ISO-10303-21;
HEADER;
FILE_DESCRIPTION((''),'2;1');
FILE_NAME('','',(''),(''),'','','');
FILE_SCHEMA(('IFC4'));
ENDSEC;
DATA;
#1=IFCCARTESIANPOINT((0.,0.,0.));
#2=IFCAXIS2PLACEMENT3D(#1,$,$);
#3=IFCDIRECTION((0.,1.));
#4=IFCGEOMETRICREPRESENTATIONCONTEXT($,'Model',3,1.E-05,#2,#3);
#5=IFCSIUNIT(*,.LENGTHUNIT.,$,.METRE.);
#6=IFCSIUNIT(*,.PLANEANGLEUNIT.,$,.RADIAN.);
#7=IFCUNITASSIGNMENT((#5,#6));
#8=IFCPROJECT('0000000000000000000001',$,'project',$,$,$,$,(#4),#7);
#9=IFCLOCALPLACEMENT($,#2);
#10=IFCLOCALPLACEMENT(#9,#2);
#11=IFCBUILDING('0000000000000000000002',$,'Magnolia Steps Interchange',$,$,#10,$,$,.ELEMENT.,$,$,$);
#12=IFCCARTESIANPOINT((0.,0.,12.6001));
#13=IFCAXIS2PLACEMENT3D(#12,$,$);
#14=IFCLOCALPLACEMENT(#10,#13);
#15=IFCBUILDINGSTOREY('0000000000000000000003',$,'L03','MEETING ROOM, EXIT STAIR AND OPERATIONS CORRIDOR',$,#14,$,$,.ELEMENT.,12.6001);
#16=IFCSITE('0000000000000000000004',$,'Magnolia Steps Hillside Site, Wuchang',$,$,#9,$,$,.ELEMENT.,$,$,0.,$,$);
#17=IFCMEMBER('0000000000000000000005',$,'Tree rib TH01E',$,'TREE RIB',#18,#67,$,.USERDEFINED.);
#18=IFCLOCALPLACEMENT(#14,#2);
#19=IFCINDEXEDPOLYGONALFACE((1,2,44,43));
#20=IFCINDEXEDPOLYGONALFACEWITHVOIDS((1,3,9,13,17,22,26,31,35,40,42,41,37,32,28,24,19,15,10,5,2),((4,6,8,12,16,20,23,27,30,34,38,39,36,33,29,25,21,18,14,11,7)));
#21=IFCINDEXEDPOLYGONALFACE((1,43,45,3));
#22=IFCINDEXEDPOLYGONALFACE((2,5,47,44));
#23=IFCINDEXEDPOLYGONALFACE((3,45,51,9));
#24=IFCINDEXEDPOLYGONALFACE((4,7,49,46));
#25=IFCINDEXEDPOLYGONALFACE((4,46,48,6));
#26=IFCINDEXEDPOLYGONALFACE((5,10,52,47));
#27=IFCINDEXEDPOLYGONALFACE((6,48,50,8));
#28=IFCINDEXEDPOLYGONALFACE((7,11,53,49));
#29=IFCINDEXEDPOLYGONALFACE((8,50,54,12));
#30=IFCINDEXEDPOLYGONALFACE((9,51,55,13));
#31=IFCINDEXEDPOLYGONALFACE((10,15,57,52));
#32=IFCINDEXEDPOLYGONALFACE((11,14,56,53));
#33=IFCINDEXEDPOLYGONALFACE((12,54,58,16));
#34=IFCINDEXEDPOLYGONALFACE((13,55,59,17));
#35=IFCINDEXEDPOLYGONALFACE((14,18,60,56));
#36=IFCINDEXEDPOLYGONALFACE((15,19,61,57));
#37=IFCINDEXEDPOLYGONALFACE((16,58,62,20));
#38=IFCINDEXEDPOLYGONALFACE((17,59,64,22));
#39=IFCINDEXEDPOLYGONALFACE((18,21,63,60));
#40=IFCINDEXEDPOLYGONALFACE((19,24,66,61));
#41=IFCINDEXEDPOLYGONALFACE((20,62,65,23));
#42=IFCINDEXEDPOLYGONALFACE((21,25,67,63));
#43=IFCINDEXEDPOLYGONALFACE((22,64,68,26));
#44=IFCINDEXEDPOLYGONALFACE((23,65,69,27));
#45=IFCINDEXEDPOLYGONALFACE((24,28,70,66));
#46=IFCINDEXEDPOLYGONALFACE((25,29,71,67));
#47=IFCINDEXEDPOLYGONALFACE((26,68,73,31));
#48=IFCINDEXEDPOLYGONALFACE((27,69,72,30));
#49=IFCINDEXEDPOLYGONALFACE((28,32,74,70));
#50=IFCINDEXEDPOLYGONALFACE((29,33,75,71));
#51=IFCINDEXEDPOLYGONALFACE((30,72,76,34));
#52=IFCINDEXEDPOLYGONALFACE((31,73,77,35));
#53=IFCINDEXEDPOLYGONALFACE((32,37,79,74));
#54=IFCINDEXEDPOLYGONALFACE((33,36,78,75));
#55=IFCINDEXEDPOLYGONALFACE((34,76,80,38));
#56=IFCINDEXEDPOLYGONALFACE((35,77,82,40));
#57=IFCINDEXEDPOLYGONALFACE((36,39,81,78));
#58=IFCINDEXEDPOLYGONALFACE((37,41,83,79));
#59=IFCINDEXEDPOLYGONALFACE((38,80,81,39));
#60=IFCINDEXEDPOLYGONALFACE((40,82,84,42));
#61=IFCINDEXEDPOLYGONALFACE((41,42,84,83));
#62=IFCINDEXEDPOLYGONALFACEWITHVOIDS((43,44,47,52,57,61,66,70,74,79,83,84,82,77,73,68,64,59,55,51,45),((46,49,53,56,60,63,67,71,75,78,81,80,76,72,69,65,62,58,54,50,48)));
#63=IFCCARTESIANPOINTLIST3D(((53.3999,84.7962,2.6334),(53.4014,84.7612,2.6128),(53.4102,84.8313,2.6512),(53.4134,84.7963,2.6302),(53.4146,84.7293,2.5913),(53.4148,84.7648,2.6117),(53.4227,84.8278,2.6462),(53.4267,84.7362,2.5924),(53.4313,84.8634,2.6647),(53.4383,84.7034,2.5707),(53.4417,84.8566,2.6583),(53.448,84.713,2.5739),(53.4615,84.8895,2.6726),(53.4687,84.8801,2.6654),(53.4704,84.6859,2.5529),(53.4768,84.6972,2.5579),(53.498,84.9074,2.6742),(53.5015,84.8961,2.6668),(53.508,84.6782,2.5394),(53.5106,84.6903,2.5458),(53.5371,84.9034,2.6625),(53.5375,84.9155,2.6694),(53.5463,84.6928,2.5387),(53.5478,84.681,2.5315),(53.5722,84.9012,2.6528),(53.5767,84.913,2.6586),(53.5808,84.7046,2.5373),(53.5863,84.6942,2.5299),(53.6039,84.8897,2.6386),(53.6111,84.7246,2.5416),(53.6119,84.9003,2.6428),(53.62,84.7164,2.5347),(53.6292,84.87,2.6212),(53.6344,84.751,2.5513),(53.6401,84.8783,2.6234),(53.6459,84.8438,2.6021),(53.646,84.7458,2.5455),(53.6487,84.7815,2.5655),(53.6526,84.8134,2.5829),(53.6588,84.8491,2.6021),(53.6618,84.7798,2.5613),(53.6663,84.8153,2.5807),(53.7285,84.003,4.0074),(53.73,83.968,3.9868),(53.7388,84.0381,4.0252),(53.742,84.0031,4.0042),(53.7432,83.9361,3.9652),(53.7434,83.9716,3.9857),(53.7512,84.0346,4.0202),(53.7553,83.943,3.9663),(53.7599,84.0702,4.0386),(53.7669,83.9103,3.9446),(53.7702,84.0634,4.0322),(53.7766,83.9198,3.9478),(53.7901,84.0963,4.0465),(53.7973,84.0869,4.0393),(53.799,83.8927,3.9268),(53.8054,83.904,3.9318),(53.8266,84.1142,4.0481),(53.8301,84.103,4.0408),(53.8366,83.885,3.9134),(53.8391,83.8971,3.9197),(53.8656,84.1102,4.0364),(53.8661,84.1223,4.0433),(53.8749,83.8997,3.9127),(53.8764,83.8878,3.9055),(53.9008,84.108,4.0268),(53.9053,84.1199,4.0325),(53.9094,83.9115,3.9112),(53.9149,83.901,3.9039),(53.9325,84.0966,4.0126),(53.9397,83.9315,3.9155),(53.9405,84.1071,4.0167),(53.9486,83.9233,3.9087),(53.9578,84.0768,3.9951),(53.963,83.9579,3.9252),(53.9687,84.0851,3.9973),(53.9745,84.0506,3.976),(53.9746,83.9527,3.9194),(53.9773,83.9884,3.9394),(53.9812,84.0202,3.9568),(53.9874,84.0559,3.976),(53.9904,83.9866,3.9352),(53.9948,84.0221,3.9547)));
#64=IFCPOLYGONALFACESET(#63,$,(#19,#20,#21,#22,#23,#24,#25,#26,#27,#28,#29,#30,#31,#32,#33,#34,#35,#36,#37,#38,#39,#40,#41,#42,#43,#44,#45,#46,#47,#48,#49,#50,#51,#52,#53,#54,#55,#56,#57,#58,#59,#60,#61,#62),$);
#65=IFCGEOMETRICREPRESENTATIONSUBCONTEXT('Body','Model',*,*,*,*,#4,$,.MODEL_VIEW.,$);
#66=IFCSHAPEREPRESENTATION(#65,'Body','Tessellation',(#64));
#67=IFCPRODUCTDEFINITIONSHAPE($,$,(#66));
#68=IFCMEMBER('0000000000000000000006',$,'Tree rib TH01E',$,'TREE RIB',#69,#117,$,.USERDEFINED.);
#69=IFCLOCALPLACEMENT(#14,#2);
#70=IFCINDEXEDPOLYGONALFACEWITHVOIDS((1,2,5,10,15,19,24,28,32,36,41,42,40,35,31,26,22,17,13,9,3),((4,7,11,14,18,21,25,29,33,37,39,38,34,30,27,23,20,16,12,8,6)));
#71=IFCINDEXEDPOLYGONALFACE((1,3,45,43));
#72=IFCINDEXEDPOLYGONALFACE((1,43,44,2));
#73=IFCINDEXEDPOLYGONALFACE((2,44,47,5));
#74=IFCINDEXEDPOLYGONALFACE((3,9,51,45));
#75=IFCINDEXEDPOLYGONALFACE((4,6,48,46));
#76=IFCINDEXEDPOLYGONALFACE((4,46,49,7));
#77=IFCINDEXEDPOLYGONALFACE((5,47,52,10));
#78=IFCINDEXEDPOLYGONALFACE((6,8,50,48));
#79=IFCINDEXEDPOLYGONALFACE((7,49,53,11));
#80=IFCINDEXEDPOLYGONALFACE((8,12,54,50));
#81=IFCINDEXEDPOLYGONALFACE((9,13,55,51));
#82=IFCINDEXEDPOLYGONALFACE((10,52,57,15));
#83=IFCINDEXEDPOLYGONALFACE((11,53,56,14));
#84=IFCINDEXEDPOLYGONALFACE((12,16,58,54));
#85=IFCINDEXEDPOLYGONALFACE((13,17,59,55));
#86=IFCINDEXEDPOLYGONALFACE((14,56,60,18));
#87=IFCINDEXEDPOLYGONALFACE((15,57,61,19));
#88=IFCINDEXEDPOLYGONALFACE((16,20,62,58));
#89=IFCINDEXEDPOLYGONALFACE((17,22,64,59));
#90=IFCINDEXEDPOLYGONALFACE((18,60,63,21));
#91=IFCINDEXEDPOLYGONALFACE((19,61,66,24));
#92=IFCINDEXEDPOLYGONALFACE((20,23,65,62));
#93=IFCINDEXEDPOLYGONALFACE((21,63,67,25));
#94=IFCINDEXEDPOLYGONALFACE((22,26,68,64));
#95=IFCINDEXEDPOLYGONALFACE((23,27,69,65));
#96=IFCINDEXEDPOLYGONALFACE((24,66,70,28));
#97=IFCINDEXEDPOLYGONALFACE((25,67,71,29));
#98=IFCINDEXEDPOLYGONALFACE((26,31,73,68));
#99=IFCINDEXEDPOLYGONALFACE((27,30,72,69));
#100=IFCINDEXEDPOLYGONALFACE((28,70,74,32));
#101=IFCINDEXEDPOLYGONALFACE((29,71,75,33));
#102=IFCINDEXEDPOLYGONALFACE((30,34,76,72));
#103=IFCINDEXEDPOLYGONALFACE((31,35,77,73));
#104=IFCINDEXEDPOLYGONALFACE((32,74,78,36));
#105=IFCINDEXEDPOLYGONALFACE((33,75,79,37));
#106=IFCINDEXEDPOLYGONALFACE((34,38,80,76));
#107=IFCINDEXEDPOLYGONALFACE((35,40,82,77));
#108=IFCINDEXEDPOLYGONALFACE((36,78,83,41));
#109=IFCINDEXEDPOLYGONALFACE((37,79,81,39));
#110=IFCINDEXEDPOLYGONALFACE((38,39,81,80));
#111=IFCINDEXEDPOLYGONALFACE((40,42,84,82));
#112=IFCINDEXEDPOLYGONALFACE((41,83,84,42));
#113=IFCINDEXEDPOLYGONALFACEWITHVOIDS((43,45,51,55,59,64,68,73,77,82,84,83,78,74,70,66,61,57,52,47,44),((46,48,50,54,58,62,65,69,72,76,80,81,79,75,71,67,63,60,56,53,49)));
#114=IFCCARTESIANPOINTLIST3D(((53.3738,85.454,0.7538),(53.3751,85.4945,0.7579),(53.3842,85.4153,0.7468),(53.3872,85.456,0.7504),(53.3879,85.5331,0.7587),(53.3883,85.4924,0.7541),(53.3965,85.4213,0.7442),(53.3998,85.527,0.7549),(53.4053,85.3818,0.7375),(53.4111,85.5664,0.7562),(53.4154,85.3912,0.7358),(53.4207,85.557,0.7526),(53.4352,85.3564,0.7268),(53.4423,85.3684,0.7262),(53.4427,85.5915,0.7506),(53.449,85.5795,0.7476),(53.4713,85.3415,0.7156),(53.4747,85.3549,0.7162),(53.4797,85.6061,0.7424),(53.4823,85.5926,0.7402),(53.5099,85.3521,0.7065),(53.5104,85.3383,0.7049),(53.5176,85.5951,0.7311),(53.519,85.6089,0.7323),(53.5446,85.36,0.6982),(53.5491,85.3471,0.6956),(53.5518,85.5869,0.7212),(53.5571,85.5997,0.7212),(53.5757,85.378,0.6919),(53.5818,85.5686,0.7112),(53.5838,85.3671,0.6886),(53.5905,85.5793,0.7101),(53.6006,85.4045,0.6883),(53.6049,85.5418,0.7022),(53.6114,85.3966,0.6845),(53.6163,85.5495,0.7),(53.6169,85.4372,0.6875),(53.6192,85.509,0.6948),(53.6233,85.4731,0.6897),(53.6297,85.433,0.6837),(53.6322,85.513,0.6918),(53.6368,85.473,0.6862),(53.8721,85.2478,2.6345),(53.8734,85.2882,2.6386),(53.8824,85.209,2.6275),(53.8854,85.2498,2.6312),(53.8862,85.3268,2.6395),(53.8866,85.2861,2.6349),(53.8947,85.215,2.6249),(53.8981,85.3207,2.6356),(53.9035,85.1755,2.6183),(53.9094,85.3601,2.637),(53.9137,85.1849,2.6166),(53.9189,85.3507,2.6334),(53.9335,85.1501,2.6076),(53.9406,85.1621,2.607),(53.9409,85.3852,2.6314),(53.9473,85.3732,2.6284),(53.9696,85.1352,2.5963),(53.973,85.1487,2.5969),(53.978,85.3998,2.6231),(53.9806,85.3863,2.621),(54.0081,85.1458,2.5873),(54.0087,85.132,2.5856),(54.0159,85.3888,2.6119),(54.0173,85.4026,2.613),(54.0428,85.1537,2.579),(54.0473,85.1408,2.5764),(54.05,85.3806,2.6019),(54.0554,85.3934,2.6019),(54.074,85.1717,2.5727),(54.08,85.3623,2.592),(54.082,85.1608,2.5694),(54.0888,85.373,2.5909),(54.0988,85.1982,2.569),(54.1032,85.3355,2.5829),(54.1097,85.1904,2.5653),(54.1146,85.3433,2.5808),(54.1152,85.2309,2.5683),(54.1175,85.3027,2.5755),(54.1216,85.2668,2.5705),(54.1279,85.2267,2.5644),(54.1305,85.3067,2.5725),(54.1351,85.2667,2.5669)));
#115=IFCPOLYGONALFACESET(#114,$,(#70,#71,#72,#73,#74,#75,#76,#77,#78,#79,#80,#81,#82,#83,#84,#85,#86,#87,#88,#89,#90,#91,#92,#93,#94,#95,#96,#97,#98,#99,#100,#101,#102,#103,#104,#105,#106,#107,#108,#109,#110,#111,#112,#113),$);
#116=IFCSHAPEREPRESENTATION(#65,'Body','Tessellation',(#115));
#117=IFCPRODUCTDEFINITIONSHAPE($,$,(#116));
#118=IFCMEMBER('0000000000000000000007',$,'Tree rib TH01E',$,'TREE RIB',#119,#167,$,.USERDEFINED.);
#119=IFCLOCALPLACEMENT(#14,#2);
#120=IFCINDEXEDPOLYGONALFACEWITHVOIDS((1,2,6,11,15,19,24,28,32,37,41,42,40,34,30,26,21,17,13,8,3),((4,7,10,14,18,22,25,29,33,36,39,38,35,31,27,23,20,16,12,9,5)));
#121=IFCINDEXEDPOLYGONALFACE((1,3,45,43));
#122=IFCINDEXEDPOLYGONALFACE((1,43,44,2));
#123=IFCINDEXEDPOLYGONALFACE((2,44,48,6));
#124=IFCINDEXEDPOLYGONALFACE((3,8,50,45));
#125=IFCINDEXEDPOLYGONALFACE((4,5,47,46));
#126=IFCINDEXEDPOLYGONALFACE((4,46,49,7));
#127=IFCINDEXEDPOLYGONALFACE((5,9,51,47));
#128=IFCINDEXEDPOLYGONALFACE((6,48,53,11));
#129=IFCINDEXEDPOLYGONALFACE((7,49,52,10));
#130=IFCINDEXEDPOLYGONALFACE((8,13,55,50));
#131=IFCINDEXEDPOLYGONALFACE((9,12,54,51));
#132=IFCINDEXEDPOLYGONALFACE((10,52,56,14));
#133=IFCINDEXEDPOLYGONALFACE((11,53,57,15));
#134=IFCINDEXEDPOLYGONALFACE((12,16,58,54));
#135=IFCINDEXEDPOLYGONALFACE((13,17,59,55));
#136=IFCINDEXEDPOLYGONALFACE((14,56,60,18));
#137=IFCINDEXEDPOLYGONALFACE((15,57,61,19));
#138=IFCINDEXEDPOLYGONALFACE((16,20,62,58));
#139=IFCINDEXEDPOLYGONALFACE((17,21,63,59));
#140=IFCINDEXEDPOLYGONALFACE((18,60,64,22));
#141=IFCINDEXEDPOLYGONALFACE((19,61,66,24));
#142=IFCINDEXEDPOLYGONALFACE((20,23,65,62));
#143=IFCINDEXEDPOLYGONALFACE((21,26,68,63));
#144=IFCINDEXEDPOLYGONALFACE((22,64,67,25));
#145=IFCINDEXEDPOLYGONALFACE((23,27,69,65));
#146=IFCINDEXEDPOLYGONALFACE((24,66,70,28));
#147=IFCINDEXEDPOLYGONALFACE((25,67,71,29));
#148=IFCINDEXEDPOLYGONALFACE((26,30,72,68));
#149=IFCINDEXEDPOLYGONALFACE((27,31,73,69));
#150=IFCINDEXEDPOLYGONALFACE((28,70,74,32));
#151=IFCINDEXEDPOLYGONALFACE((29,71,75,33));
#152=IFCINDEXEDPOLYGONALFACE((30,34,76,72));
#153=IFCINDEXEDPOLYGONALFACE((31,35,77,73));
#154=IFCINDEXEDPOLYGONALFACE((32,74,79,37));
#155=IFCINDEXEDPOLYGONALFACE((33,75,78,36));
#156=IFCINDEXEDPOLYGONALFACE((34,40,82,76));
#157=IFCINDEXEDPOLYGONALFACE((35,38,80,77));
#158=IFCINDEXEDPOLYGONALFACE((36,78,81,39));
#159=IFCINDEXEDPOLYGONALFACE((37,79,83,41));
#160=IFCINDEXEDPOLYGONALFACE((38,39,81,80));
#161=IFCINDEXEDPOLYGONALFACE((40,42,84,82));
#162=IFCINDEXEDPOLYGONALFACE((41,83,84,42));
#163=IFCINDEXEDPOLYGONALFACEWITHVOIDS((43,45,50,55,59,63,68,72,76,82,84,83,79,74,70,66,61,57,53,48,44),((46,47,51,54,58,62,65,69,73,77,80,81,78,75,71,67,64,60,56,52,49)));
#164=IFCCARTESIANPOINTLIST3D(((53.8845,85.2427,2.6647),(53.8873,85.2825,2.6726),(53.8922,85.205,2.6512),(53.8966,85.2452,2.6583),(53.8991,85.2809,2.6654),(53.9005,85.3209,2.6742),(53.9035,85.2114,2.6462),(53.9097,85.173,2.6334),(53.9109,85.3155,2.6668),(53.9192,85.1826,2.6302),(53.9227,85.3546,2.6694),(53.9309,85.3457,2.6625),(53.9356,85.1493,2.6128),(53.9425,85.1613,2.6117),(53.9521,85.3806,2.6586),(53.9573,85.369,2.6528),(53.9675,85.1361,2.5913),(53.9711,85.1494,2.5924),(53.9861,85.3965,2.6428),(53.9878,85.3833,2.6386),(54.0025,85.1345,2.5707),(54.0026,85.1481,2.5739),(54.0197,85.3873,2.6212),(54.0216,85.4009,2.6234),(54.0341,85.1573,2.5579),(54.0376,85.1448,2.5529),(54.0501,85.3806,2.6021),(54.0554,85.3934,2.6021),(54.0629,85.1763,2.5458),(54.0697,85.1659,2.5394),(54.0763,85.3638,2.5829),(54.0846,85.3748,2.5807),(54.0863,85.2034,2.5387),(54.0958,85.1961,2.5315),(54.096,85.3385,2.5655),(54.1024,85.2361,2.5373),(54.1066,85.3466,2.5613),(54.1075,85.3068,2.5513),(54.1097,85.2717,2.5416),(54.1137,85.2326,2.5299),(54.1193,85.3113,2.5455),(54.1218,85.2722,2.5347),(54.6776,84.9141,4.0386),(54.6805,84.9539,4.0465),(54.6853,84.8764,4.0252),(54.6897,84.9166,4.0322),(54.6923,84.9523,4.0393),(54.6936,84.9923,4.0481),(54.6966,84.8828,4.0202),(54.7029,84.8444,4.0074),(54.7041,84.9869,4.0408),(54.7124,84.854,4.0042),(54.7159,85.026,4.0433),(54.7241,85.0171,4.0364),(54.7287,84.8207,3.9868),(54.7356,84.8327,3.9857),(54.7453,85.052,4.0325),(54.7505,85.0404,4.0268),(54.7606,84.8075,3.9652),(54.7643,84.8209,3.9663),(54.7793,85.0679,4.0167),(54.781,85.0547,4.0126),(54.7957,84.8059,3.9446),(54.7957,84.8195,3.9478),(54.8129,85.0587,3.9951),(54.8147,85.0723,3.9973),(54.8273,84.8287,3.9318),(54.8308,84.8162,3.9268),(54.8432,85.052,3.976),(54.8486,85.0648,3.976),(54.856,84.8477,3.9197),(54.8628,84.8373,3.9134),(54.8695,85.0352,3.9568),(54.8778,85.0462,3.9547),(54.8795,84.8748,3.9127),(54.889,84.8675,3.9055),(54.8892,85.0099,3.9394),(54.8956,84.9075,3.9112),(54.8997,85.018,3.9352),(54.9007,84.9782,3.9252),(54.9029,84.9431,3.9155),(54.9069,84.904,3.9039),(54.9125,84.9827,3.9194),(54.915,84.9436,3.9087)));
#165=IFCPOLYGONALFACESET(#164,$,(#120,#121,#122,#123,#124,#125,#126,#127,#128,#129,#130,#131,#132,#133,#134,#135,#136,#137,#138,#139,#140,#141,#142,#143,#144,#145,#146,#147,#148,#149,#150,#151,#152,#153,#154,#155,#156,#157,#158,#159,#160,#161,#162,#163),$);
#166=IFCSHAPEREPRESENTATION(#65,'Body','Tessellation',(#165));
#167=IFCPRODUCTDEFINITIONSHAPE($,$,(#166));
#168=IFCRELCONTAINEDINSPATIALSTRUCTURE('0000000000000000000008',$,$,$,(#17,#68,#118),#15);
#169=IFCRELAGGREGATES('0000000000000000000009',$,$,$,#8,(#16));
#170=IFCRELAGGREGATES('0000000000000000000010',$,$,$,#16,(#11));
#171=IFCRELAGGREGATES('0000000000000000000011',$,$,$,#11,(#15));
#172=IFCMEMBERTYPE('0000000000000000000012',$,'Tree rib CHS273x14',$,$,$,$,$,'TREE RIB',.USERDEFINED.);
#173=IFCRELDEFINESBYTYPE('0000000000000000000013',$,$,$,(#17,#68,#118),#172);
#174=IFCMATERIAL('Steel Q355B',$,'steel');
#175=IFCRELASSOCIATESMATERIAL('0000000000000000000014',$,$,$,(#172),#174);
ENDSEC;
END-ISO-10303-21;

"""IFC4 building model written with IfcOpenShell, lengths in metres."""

from ifc_helpers import new_model, si_unit, direction, frame, origin, origin_2d, place, context, subcontext, project, spatial, hollow_circle, extrude, material, material_profile, profile_set, type_object, element, save


model = new_model("IFC4")

# Units and contexts
model_context = context("Model", 3, precision=1e-05, world=origin(), true_north=direction((0.0, 1.0)))
body_context = subcontext(model_context, "Body", "Model", "MODEL_VIEW")
ifc_project = project(units=[si_unit("LENGTHUNIT", "METRE"), si_unit("PLANEANGLEUNIT", "RADIAN")], contexts=[model_context])

# Site, building, storey
site_placement = place(None, origin())
site = spatial("IfcSite", under=ifc_project, at=site_placement, Name="Magnolia Steps Hillside Site, Wuchang", CompositionType="ELEMENT", RefElevation=0.0)
building_placement = place(site_placement, origin())
building = spatial("IfcBuilding", under=site, at=building_placement, Name="Magnolia Steps Interchange", CompositionType="ELEMENT")
storey_placement = place(building_placement, frame((0.0, 0.0, 12.6001)))
storey = spatial("IfcBuildingStorey", under=building, at=storey_placement, Name="L03", Description="MEETING ROOM, EXIT STAIR AND OPERATIONS CORRIDOR", CompositionType="ELEMENT", Elevation=12.6001)

# Members
ifc_material_1 = material(Name="Steel Q355B", Category="steel")
ifc_material_profile_1 = material_profile(ifc_material_1, hollow_circle(Radius=0.1365, WallThickness=0.0139, at=origin_2d()), Name="CHS273x14")
ifc_profile_set_1 = profile_set([ifc_material_profile_1], Name="Steel Q355B")
member_type_1 = type_object("IfcMemberType", Name="Tree rib CHS273x14", ElementType="TREE RIB", PredefinedType="USERDEFINED", material=ifc_profile_set_1)
member_1_placement = place(storey_placement, frame((53.5327, 84.7969, 2.6021), z_axis=(0.20282, -0.489571, 0.848047), x_axis=(0.923857, 0.382737, 0.0)))
element("IfcMember", 1, at=member_1_placement, inside=storey, type_object=member_type_1, Name="Tree rib TH01E", ObjectType="TREE RIB", PredefinedType="USERDEFINED", context=body_context, shape_type="SweptSolid", body=[
    extrude(hollow_circle(Radius=0.1365, WallThickness=0.0139, at=origin_2d()), origin(), (0.0, 0.0, 1.0), 1.6201),
])
member_2_placement = place(storey_placement, frame((53.5049, 85.4736, 0.7212), z_axis=(0.254665, -0.105435, 0.961264), x_axis=(0.382525, 0.923945, 0.0)))
element("IfcMember", 2, at=member_2_placement, inside=storey, type_object=member_type_1, Name="Tree rib TH01E", ObjectType="TREE RIB", PredefinedType="USERDEFINED", context=body_context, shape_type="SweptSolid", body=[
    extrude(hollow_circle(Radius=0.1365, WallThickness=0.0139, at=origin_2d()), origin(), (0.0, 0.0, 1.0), 1.9565),
])
member_3_placement = place(storey_placement, frame((54.0032, 85.2673, 2.6021), z_axis=(0.489571, -0.20282, 0.848047), x_axis=(0.382737, 0.923857, 0.0)))
element("IfcMember", 3, at=member_3_placement, inside=storey, type_object=member_type_1, Name="Tree rib TH01E", ObjectType="TREE RIB", PredefinedType="USERDEFINED", context=body_context, shape_type="SweptSolid", body=[
    extrude(hollow_circle(Radius=0.1365, WallThickness=0.0139, at=origin_2d()), origin(), (0.0, 0.0, 1.0), 1.6201),
])

save(model, "model.ifc")
